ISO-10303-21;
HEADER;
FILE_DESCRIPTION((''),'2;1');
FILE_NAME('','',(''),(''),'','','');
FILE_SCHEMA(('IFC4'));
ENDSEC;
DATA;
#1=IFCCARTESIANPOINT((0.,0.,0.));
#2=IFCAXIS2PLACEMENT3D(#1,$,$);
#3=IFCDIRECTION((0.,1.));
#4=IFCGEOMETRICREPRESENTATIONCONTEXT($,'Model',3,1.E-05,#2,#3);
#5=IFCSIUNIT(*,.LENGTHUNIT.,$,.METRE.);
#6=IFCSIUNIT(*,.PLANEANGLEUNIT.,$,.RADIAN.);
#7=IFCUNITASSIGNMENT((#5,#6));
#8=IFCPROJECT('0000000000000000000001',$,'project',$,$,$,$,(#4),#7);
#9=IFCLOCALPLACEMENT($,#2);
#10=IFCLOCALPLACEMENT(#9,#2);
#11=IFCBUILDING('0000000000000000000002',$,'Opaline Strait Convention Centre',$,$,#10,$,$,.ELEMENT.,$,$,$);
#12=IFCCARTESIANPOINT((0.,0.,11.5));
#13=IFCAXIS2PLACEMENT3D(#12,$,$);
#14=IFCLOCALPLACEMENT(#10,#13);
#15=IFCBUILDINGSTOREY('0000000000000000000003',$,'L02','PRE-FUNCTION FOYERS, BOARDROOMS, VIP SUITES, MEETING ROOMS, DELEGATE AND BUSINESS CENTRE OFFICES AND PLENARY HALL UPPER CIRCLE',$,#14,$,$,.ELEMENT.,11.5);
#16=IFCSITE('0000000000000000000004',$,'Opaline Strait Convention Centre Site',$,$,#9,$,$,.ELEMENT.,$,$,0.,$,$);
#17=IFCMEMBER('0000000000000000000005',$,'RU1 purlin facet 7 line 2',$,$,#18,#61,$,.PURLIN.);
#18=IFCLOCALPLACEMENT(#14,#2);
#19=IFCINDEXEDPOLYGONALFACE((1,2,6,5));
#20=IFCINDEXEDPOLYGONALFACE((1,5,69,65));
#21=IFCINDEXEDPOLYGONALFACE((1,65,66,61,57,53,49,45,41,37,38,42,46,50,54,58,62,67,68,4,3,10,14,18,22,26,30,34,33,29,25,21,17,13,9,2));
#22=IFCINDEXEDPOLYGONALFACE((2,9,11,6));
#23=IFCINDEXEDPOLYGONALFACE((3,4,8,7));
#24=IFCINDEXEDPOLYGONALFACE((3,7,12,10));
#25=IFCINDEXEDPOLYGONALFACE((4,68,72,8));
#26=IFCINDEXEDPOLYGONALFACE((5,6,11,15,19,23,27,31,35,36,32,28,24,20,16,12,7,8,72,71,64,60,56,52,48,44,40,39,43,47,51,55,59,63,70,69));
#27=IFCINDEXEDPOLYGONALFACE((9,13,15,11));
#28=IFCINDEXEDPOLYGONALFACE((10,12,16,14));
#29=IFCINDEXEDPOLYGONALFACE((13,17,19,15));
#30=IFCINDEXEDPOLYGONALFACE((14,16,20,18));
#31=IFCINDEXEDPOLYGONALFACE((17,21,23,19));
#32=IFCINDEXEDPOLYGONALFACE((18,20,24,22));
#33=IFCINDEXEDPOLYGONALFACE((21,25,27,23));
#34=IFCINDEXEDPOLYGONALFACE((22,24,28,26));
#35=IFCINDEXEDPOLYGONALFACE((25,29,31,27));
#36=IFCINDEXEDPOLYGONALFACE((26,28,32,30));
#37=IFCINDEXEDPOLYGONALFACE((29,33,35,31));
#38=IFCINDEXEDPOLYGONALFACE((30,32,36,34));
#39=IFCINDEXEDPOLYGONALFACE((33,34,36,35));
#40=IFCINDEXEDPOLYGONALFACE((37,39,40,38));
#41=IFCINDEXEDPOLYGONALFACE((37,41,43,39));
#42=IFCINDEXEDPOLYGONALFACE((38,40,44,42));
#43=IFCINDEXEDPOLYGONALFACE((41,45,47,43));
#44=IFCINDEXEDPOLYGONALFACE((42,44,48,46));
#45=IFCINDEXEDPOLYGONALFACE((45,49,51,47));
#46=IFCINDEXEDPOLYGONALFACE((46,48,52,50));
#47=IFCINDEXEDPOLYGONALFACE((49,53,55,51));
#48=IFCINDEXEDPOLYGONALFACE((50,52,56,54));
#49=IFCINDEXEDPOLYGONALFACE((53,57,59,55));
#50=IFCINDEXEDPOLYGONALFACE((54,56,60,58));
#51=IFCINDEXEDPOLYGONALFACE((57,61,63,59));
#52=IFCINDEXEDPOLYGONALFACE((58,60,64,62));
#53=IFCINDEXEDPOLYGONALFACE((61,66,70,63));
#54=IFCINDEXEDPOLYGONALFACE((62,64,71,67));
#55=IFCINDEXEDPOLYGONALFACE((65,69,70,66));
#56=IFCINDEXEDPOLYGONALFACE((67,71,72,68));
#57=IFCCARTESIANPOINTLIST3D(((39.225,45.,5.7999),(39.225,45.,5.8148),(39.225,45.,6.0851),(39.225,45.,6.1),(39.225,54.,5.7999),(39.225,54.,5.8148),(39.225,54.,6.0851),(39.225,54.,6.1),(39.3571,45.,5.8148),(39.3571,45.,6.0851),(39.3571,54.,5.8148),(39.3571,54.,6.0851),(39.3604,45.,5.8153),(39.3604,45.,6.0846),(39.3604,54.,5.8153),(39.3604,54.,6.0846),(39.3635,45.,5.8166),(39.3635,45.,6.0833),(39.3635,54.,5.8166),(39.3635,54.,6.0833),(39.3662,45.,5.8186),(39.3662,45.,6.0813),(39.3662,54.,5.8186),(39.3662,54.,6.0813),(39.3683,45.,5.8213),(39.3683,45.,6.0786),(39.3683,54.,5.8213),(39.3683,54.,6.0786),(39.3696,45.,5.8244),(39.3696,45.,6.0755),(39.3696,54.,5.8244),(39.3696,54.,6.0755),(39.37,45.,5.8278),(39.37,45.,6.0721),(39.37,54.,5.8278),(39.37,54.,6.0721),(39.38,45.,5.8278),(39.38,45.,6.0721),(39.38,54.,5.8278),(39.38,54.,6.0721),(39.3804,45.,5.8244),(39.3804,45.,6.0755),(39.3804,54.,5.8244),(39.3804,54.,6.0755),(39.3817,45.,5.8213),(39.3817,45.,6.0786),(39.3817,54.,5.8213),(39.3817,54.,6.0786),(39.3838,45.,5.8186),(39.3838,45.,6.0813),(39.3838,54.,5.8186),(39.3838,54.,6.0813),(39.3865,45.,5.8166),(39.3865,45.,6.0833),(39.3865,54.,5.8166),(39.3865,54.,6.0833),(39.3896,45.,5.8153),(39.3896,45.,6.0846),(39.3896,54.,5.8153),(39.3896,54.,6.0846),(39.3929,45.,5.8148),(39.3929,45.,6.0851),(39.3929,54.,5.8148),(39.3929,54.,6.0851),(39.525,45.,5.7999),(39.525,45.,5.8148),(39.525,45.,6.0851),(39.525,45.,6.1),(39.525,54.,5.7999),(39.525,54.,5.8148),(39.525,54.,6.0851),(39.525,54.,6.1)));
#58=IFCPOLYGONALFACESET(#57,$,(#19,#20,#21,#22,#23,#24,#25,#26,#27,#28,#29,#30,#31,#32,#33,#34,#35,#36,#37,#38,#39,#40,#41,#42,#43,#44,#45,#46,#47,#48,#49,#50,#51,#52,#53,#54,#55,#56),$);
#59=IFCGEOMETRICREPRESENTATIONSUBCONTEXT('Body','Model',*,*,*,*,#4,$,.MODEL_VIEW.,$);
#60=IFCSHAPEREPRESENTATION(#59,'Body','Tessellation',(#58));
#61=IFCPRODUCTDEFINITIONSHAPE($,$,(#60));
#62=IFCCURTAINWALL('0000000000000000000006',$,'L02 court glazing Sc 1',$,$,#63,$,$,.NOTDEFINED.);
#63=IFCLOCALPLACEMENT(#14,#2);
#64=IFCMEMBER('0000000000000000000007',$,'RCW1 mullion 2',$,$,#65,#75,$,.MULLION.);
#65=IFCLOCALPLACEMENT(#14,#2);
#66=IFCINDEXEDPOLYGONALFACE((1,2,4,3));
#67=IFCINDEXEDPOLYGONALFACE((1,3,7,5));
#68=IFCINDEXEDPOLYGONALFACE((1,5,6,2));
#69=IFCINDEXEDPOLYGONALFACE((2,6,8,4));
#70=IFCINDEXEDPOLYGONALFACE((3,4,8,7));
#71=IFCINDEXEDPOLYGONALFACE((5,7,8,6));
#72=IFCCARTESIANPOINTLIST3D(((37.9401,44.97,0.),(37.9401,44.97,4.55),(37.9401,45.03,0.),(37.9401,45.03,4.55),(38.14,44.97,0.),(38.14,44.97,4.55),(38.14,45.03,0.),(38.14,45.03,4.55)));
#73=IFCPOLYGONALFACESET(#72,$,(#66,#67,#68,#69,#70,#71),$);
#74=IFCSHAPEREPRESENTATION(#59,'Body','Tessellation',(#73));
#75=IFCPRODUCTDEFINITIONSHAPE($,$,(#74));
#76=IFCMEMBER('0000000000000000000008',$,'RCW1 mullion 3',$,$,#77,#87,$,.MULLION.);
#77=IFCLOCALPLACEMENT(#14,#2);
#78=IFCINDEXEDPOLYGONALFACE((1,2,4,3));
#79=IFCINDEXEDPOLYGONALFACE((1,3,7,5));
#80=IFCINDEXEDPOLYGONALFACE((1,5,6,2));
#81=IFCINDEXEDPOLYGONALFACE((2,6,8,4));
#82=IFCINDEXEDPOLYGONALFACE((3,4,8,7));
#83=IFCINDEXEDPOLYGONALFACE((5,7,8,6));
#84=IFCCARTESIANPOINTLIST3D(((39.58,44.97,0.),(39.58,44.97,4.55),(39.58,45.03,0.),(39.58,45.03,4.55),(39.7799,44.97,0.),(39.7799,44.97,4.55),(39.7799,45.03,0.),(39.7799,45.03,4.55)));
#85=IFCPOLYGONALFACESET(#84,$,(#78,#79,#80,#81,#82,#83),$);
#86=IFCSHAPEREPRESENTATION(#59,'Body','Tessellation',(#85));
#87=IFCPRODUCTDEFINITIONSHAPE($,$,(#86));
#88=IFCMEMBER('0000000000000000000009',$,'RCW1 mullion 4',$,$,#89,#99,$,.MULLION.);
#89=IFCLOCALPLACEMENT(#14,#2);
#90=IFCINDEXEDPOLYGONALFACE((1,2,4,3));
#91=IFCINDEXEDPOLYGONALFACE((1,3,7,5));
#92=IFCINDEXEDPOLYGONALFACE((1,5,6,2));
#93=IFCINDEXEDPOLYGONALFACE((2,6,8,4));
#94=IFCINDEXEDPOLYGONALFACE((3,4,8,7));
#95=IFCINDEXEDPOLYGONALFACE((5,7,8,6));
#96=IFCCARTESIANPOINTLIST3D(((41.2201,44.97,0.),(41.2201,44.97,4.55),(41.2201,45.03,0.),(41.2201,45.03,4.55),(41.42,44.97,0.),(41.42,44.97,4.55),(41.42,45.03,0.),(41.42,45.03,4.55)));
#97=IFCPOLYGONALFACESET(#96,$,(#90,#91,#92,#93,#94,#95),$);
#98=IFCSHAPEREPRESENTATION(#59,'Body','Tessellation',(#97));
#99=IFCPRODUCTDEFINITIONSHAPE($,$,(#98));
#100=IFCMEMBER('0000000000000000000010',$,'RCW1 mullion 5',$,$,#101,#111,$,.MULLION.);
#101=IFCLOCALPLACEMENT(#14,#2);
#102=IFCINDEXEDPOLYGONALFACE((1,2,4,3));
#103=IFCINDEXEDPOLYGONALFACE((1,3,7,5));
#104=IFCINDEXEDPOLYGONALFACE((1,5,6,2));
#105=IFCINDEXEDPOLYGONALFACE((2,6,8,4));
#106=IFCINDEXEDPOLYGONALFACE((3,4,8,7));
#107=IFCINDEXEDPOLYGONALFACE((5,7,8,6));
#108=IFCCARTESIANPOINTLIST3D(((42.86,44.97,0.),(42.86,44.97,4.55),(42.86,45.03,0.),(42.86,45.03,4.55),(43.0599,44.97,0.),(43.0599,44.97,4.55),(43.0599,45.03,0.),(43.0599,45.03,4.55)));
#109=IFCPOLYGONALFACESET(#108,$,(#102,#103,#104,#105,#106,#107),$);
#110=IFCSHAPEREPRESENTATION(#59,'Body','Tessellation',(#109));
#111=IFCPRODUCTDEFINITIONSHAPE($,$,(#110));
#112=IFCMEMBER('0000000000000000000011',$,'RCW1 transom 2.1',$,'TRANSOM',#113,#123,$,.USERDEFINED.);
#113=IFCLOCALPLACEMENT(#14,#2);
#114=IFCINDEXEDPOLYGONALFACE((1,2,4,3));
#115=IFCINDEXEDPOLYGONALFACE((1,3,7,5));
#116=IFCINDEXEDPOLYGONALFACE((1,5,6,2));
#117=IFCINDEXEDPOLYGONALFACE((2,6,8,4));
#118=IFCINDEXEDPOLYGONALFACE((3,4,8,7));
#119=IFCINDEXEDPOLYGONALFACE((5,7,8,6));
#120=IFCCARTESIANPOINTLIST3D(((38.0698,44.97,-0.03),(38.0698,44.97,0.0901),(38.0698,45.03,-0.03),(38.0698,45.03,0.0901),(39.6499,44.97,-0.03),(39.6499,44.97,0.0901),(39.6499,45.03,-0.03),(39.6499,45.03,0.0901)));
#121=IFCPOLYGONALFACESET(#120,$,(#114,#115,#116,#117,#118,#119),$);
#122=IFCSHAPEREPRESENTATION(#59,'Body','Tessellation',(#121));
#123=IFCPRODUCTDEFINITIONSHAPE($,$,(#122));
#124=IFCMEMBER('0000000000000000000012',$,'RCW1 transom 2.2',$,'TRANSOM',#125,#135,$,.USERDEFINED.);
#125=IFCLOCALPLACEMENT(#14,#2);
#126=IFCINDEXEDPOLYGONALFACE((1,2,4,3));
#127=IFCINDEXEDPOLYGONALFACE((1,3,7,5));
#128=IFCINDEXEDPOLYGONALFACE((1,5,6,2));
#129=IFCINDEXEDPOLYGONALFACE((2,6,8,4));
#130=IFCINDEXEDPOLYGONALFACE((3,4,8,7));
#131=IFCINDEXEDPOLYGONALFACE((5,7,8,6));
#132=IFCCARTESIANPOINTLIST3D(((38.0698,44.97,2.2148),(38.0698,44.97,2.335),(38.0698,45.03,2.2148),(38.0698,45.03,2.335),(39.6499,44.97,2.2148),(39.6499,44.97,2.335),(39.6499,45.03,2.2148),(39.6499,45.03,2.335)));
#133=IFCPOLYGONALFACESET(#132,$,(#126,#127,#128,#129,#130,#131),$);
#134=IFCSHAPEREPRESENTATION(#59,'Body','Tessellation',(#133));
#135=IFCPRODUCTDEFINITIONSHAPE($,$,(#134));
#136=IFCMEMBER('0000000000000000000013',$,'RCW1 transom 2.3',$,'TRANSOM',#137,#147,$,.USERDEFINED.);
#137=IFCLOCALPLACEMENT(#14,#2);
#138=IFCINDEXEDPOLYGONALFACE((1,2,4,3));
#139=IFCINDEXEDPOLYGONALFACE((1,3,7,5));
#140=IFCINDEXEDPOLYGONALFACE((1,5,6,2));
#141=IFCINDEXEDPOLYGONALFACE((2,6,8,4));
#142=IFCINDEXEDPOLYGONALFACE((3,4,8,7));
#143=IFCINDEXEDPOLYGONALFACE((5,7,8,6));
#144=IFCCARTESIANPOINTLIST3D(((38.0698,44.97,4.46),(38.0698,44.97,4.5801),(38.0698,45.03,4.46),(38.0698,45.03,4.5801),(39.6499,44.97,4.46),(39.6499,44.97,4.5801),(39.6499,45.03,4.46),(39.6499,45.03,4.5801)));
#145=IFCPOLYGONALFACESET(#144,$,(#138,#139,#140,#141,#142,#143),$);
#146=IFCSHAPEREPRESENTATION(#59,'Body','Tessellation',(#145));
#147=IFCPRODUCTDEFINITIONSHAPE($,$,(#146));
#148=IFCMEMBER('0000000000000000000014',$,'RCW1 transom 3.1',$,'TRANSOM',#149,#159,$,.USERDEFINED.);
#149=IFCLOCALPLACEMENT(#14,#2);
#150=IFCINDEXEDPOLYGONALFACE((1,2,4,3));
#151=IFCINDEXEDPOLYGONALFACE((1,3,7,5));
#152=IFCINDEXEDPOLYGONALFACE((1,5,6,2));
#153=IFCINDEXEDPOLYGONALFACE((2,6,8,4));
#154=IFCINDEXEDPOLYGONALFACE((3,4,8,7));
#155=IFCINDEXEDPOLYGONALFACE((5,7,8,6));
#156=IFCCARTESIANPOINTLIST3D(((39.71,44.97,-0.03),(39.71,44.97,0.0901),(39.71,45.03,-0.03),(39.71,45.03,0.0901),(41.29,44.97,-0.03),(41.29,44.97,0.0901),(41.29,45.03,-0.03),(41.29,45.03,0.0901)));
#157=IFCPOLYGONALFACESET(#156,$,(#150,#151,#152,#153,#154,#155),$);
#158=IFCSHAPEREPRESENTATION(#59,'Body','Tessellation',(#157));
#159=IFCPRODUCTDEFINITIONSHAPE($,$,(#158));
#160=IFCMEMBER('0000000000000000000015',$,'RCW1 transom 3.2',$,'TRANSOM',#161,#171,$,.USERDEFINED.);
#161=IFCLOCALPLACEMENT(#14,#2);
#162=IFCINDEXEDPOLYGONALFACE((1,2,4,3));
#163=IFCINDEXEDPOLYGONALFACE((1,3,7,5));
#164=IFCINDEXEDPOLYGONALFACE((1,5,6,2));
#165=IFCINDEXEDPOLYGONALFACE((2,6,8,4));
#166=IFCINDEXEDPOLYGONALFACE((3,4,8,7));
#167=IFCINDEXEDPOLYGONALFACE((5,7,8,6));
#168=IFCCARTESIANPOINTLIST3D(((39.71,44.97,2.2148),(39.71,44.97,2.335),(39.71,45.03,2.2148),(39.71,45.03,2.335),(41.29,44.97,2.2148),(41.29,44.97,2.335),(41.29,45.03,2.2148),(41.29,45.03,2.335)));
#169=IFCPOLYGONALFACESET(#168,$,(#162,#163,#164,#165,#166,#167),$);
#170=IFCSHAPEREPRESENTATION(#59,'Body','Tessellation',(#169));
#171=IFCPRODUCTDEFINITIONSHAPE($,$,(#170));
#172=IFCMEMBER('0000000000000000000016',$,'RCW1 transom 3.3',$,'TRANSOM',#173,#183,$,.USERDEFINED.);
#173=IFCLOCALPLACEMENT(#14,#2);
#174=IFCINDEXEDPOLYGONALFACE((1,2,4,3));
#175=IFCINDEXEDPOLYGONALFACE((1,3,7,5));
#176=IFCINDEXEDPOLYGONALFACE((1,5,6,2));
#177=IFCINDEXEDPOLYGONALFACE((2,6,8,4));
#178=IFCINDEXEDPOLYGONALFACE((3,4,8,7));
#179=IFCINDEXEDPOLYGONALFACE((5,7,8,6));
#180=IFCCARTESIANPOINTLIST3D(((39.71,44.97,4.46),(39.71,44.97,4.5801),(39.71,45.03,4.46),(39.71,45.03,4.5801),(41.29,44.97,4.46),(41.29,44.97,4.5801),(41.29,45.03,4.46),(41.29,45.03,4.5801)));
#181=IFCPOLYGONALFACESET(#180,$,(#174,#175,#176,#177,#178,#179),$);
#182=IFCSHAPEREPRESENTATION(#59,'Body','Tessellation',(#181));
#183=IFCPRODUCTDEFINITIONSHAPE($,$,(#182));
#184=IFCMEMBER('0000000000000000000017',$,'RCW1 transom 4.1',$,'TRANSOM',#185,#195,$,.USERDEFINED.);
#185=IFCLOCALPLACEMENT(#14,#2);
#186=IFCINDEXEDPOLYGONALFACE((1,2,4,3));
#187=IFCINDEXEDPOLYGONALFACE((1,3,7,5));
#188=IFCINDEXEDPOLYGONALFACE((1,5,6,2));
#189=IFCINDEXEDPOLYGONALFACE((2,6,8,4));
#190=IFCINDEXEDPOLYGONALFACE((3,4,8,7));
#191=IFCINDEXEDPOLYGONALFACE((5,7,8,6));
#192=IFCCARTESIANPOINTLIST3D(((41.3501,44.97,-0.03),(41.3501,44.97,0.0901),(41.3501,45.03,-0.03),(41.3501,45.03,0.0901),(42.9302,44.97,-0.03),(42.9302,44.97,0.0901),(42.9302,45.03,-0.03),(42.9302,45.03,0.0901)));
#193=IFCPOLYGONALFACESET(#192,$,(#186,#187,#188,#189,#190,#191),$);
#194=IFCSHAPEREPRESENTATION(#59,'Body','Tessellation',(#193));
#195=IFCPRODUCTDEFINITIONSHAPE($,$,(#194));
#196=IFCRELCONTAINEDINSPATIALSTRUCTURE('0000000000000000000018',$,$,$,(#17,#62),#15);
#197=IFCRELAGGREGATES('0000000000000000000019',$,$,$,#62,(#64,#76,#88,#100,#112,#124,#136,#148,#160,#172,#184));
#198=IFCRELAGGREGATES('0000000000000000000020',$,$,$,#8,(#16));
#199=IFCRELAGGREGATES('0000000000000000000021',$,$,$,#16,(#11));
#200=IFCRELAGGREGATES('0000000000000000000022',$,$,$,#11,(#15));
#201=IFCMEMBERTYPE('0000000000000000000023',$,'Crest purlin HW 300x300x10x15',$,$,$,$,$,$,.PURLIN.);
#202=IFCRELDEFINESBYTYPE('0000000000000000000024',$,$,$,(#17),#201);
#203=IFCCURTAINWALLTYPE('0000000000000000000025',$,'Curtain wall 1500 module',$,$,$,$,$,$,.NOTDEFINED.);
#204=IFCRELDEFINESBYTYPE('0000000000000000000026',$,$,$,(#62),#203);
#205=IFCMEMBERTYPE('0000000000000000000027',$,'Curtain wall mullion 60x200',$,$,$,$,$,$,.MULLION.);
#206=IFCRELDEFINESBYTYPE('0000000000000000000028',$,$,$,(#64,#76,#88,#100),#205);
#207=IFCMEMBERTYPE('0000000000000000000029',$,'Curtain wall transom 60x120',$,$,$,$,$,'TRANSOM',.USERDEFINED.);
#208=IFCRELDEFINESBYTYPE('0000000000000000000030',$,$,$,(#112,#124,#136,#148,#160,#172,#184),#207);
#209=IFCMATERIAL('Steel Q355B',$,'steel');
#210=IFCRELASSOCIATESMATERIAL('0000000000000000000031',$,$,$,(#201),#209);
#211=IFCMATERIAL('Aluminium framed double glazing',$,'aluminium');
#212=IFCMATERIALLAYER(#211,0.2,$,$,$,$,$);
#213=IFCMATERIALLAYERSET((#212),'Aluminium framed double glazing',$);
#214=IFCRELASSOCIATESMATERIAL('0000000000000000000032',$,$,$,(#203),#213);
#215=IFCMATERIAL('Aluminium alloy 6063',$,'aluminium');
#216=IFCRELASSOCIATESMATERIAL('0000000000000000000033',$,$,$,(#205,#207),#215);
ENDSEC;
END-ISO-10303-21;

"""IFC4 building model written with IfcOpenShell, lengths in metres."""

from ifc_helpers import new_model, si_unit, direction, frame, origin, origin_2d, place, context, subcontext, project, spatial, rectangle, i_section, extrude, material, layer, layer_set, material_profile, profile_set, type_object, element, aggregate, save


model = new_model("IFC4")

# Units and contexts
model_context = context("Model", 3, precision=1e-05, world=origin(), true_north=direction((0.0, 1.0)))
body_context = subcontext(model_context, "Body", "Model", "MODEL_VIEW")
ifc_project = project(units=[si_unit("LENGTHUNIT", "METRE"), si_unit("PLANEANGLEUNIT", "RADIAN")], contexts=[model_context])

# Site, building, storey
site_placement = place(None, origin())
site = spatial("IfcSite", under=ifc_project, at=site_placement, Name="Opaline Strait Convention Centre Site", CompositionType="ELEMENT", RefElevation=0.0)
building_placement = place(site_placement, origin())
building = spatial("IfcBuilding", under=site, at=building_placement, Name="Opaline Strait Convention Centre", CompositionType="ELEMENT")
storey_placement = place(building_placement, frame((0.0, 0.0, 11.5)))
storey = spatial("IfcBuildingStorey", under=building, at=storey_placement, Name="L02", Description="PRE-FUNCTION FOYERS, BOARDROOMS, VIP SUITES, MEETING ROOMS, DELEGATE AND BUSINESS CENTRE OFFICES AND PLENARY HALL UPPER CIRCLE", CompositionType="ELEMENT", Elevation=11.5)

# Member
ifc_material_1 = material(Name="Steel Q355B", Category="steel")
ifc_material_profile_1 = material_profile(ifc_material_1, i_section(OverallWidth=0.3, OverallDepth=0.3, WebThickness=0.01, FlangeThickness=0.0149, FilletRadius=0.0129, at=origin_2d()), Name="HW 300x300x10x15")
ifc_profile_set_1 = profile_set([ifc_material_profile_1], Name="Steel Q355B")
member_type_1 = type_object("IfcMemberType", Name="Crest purlin HW 300x300x10x15", PredefinedType="PURLIN", material=ifc_profile_set_1)
member_1_placement = place(storey_placement, frame((39.375, 45.0, 5.95), z_axis=(0.0, 1.0, 0.0), x_axis=(-1.0, 0.0, 0.0)))
element("IfcMember", 1, at=member_1_placement, inside=storey, type_object=member_type_1, Name="RU1 purlin facet 7 line 2", PredefinedType="PURLIN", context=body_context, shape_type="SweptSolid", body=[
    extrude(i_section(OverallWidth=0.3, OverallDepth=0.3, WebThickness=0.01, FlangeThickness=0.0149, FilletRadius=0.0129, at=origin_2d()), origin(), (0.0, 0.0, 1.0), 9.0),
])

# Curtain wall, members
ifc_material_2 = material(Name="Aluminium framed double glazing", Category="aluminium")
ifc_layer_1 = layer(ifc_material_2, 0.2)
ifc_layer_set_1 = layer_set([ifc_layer_1], Name="Aluminium framed double glazing")
curtain_wall_type = type_object("IfcCurtainWallType", Name="Curtain wall 1500 module", PredefinedType="NOTDEFINED", material=ifc_layer_set_1)
curtain_wall_placement = place(storey_placement, origin())
curtain_wall = element("IfcCurtainWall", 2, at=curtain_wall_placement, inside=storey, type_object=curtain_wall_type, Name="L02 court glazing Sc 1", PredefinedType="NOTDEFINED")
ifc_material_3 = material(Name="Aluminium alloy 6063", Category="aluminium")
ifc_material_profile_2 = material_profile(ifc_material_3, rectangle(XDim=0.0601, YDim=0.2, at=origin_2d()), Name="Curtain wall mullion 60x200")
ifc_profile_set_2 = profile_set([ifc_material_profile_2], Name="Aluminium alloy 6063")
member_type_2 = type_object("IfcMemberType", Name="Curtain wall mullion 60x200", PredefinedType="MULLION", material=ifc_profile_set_2)
member_2_placement = place(storey_placement, frame((38.04, 45.0, 0.0), z_axis=(0.0, 0.0, 1.0), x_axis=(0.0, 1.0, 0.0)))
member_2 = element("IfcMember", 3, at=member_2_placement, type_object=member_type_2, Name="RCW1 mullion 2", PredefinedType="MULLION", context=body_context, shape_type="SweptSolid", body=[
    extrude(rectangle(XDim=0.0601, YDim=0.2, at=origin_2d()), origin(), (0.0, 0.0, 1.0), 4.55),
])
member_3_placement = place(storey_placement, frame((39.6799, 45.0, 0.0), z_axis=(0.0, 0.0, 1.0), x_axis=(0.0, 1.0, 0.0)))
member_3 = element("IfcMember", 4, at=member_3_placement, type_object=member_type_2, Name="RCW1 mullion 3", PredefinedType="MULLION", context=body_context, shape_type="SweptSolid", body=[
    extrude(rectangle(XDim=0.0601, YDim=0.2, at=origin_2d()), origin(), (0.0, 0.0, 1.0), 4.55),
])
member_4_placement = place(storey_placement, frame((41.3201, 45.0, 0.0), z_axis=(0.0, 0.0, 1.0), x_axis=(0.0, 1.0, 0.0)))
member_4 = element("IfcMember", 5, at=member_4_placement, type_object=member_type_2, Name="RCW1 mullion 4", PredefinedType="MULLION", context=body_context, shape_type="SweptSolid", body=[
    extrude(rectangle(XDim=0.0601, YDim=0.2, at=origin_2d()), origin(), (0.0, 0.0, 1.0), 4.55),
])
member_5_placement = place(storey_placement, frame((42.96, 45.0, 0.0), z_axis=(0.0, 0.0, 1.0), x_axis=(0.0, 1.0, 0.0)))
member_5 = element("IfcMember", 6, at=member_5_placement, type_object=member_type_2, Name="RCW1 mullion 5", PredefinedType="MULLION", context=body_context, shape_type="SweptSolid", body=[
    extrude(rectangle(XDim=0.0601, YDim=0.2, at=origin_2d()), origin(), (0.0, 0.0, 1.0), 4.55),
])
ifc_material_profile_3 = material_profile(ifc_material_3, rectangle(XDim=0.0601, YDim=0.1201, at=origin_2d()), Name="Curtain wall transom 60x120")
ifc_profile_set_3 = profile_set([ifc_material_profile_3], Name="Aluminium alloy 6063")
member_type_3 = type_object("IfcMemberType", Name="Curtain wall transom 60x120", ElementType="TRANSOM", PredefinedType="USERDEFINED", material=ifc_profile_set_3)
member_6_placement = place(storey_placement, frame((38.0698, 45.0, 0.03), z_axis=(1.0, 0.0, 0.0), x_axis=(0.0, 1.0, 0.0)))
member_6 = element("IfcMember", 7, at=member_6_placement, type_object=member_type_3, Name="RCW1 transom 2.1", ObjectType="TRANSOM", PredefinedType="USERDEFINED", context=body_context, shape_type="SweptSolid", body=[
    extrude(rectangle(XDim=0.0601, YDim=0.1201, at=origin_2d()), origin(), (0.0, 0.0, 1.0), 1.5801),
])
member_7_placement = place(storey_placement, frame((38.0698, 45.0, 2.2749), z_axis=(1.0, 0.0, 0.0), x_axis=(0.0, 1.0, 0.0)))
member_7 = element("IfcMember", 8, at=member_7_placement, type_object=member_type_3, Name="RCW1 transom 2.2", ObjectType="TRANSOM", PredefinedType="USERDEFINED", context=body_context, shape_type="SweptSolid", body=[
    extrude(rectangle(XDim=0.0601, YDim=0.1201, at=origin_2d()), origin(), (0.0, 0.0, 1.0), 1.5801),
])
member_8_placement = place(storey_placement, frame((38.0698, 45.0, 4.52), z_axis=(1.0, 0.0, 0.0), x_axis=(0.0, 1.0, 0.0)))
member_8 = element("IfcMember", 9, at=member_8_placement, type_object=member_type_3, Name="RCW1 transom 2.3", ObjectType="TRANSOM", PredefinedType="USERDEFINED", context=body_context, shape_type="SweptSolid", body=[
    extrude(rectangle(XDim=0.0601, YDim=0.1201, at=origin_2d()), origin(), (0.0, 0.0, 1.0), 1.5801),
])
member_9_placement = place(storey_placement, frame((39.71, 45.0, 0.03), z_axis=(1.0, 0.0, 0.0), x_axis=(0.0, 1.0, 0.0)))
member_9 = element("IfcMember", 10, at=member_9_placement, type_object=member_type_3, Name="RCW1 transom 3.1", ObjectType="TRANSOM", PredefinedType="USERDEFINED", context=body_context, shape_type="SweptSolid", body=[
    extrude(rectangle(XDim=0.0601, YDim=0.1201, at=origin_2d()), origin(), (0.0, 0.0, 1.0), 1.5801),
])
member_10_placement = place(storey_placement, frame((39.71, 45.0, 2.2749), z_axis=(1.0, 0.0, 0.0), x_axis=(0.0, 1.0, 0.0)))
member_10 = element("IfcMember", 11, at=member_10_placement, type_object=member_type_3, Name="RCW1 transom 3.2", ObjectType="TRANSOM", PredefinedType="USERDEFINED", context=body_context, shape_type="SweptSolid", body=[
    extrude(rectangle(XDim=0.0601, YDim=0.1201, at=origin_2d()), origin(), (0.0, 0.0, 1.0), 1.5801),
])
member_11_placement = place(storey_placement, frame((39.71, 45.0, 4.52), z_axis=(1.0, 0.0, 0.0), x_axis=(0.0, 1.0, 0.0)))
member_11 = element("IfcMember", 12, at=member_11_placement, type_object=member_type_3, Name="RCW1 transom 3.3", ObjectType="TRANSOM", PredefinedType="USERDEFINED", context=body_context, shape_type="SweptSolid", body=[
    extrude(rectangle(XDim=0.0601, YDim=0.1201, at=origin_2d()), origin(), (0.0, 0.0, 1.0), 1.5801),
])
member_12_placement = place(storey_placement, frame((41.3501, 45.0, 0.03), z_axis=(1.0, 0.0, 0.0), x_axis=(0.0, 1.0, 0.0)))
member_12 = element("IfcMember", 13, at=member_12_placement, type_object=member_type_3, Name="RCW1 transom 4.1", ObjectType="TRANSOM", PredefinedType="USERDEFINED", context=body_context, shape_type="SweptSolid", body=[
    extrude(rectangle(XDim=0.0601, YDim=0.1201, at=origin_2d()), origin(), (0.0, 0.0, 1.0), 1.5801),
])

aggregate(curtain_wall, [member_2, member_3, member_4, member_5, member_6, member_7, member_8, member_9, member_10, member_11, member_12])

save(model, "model.ifc")
